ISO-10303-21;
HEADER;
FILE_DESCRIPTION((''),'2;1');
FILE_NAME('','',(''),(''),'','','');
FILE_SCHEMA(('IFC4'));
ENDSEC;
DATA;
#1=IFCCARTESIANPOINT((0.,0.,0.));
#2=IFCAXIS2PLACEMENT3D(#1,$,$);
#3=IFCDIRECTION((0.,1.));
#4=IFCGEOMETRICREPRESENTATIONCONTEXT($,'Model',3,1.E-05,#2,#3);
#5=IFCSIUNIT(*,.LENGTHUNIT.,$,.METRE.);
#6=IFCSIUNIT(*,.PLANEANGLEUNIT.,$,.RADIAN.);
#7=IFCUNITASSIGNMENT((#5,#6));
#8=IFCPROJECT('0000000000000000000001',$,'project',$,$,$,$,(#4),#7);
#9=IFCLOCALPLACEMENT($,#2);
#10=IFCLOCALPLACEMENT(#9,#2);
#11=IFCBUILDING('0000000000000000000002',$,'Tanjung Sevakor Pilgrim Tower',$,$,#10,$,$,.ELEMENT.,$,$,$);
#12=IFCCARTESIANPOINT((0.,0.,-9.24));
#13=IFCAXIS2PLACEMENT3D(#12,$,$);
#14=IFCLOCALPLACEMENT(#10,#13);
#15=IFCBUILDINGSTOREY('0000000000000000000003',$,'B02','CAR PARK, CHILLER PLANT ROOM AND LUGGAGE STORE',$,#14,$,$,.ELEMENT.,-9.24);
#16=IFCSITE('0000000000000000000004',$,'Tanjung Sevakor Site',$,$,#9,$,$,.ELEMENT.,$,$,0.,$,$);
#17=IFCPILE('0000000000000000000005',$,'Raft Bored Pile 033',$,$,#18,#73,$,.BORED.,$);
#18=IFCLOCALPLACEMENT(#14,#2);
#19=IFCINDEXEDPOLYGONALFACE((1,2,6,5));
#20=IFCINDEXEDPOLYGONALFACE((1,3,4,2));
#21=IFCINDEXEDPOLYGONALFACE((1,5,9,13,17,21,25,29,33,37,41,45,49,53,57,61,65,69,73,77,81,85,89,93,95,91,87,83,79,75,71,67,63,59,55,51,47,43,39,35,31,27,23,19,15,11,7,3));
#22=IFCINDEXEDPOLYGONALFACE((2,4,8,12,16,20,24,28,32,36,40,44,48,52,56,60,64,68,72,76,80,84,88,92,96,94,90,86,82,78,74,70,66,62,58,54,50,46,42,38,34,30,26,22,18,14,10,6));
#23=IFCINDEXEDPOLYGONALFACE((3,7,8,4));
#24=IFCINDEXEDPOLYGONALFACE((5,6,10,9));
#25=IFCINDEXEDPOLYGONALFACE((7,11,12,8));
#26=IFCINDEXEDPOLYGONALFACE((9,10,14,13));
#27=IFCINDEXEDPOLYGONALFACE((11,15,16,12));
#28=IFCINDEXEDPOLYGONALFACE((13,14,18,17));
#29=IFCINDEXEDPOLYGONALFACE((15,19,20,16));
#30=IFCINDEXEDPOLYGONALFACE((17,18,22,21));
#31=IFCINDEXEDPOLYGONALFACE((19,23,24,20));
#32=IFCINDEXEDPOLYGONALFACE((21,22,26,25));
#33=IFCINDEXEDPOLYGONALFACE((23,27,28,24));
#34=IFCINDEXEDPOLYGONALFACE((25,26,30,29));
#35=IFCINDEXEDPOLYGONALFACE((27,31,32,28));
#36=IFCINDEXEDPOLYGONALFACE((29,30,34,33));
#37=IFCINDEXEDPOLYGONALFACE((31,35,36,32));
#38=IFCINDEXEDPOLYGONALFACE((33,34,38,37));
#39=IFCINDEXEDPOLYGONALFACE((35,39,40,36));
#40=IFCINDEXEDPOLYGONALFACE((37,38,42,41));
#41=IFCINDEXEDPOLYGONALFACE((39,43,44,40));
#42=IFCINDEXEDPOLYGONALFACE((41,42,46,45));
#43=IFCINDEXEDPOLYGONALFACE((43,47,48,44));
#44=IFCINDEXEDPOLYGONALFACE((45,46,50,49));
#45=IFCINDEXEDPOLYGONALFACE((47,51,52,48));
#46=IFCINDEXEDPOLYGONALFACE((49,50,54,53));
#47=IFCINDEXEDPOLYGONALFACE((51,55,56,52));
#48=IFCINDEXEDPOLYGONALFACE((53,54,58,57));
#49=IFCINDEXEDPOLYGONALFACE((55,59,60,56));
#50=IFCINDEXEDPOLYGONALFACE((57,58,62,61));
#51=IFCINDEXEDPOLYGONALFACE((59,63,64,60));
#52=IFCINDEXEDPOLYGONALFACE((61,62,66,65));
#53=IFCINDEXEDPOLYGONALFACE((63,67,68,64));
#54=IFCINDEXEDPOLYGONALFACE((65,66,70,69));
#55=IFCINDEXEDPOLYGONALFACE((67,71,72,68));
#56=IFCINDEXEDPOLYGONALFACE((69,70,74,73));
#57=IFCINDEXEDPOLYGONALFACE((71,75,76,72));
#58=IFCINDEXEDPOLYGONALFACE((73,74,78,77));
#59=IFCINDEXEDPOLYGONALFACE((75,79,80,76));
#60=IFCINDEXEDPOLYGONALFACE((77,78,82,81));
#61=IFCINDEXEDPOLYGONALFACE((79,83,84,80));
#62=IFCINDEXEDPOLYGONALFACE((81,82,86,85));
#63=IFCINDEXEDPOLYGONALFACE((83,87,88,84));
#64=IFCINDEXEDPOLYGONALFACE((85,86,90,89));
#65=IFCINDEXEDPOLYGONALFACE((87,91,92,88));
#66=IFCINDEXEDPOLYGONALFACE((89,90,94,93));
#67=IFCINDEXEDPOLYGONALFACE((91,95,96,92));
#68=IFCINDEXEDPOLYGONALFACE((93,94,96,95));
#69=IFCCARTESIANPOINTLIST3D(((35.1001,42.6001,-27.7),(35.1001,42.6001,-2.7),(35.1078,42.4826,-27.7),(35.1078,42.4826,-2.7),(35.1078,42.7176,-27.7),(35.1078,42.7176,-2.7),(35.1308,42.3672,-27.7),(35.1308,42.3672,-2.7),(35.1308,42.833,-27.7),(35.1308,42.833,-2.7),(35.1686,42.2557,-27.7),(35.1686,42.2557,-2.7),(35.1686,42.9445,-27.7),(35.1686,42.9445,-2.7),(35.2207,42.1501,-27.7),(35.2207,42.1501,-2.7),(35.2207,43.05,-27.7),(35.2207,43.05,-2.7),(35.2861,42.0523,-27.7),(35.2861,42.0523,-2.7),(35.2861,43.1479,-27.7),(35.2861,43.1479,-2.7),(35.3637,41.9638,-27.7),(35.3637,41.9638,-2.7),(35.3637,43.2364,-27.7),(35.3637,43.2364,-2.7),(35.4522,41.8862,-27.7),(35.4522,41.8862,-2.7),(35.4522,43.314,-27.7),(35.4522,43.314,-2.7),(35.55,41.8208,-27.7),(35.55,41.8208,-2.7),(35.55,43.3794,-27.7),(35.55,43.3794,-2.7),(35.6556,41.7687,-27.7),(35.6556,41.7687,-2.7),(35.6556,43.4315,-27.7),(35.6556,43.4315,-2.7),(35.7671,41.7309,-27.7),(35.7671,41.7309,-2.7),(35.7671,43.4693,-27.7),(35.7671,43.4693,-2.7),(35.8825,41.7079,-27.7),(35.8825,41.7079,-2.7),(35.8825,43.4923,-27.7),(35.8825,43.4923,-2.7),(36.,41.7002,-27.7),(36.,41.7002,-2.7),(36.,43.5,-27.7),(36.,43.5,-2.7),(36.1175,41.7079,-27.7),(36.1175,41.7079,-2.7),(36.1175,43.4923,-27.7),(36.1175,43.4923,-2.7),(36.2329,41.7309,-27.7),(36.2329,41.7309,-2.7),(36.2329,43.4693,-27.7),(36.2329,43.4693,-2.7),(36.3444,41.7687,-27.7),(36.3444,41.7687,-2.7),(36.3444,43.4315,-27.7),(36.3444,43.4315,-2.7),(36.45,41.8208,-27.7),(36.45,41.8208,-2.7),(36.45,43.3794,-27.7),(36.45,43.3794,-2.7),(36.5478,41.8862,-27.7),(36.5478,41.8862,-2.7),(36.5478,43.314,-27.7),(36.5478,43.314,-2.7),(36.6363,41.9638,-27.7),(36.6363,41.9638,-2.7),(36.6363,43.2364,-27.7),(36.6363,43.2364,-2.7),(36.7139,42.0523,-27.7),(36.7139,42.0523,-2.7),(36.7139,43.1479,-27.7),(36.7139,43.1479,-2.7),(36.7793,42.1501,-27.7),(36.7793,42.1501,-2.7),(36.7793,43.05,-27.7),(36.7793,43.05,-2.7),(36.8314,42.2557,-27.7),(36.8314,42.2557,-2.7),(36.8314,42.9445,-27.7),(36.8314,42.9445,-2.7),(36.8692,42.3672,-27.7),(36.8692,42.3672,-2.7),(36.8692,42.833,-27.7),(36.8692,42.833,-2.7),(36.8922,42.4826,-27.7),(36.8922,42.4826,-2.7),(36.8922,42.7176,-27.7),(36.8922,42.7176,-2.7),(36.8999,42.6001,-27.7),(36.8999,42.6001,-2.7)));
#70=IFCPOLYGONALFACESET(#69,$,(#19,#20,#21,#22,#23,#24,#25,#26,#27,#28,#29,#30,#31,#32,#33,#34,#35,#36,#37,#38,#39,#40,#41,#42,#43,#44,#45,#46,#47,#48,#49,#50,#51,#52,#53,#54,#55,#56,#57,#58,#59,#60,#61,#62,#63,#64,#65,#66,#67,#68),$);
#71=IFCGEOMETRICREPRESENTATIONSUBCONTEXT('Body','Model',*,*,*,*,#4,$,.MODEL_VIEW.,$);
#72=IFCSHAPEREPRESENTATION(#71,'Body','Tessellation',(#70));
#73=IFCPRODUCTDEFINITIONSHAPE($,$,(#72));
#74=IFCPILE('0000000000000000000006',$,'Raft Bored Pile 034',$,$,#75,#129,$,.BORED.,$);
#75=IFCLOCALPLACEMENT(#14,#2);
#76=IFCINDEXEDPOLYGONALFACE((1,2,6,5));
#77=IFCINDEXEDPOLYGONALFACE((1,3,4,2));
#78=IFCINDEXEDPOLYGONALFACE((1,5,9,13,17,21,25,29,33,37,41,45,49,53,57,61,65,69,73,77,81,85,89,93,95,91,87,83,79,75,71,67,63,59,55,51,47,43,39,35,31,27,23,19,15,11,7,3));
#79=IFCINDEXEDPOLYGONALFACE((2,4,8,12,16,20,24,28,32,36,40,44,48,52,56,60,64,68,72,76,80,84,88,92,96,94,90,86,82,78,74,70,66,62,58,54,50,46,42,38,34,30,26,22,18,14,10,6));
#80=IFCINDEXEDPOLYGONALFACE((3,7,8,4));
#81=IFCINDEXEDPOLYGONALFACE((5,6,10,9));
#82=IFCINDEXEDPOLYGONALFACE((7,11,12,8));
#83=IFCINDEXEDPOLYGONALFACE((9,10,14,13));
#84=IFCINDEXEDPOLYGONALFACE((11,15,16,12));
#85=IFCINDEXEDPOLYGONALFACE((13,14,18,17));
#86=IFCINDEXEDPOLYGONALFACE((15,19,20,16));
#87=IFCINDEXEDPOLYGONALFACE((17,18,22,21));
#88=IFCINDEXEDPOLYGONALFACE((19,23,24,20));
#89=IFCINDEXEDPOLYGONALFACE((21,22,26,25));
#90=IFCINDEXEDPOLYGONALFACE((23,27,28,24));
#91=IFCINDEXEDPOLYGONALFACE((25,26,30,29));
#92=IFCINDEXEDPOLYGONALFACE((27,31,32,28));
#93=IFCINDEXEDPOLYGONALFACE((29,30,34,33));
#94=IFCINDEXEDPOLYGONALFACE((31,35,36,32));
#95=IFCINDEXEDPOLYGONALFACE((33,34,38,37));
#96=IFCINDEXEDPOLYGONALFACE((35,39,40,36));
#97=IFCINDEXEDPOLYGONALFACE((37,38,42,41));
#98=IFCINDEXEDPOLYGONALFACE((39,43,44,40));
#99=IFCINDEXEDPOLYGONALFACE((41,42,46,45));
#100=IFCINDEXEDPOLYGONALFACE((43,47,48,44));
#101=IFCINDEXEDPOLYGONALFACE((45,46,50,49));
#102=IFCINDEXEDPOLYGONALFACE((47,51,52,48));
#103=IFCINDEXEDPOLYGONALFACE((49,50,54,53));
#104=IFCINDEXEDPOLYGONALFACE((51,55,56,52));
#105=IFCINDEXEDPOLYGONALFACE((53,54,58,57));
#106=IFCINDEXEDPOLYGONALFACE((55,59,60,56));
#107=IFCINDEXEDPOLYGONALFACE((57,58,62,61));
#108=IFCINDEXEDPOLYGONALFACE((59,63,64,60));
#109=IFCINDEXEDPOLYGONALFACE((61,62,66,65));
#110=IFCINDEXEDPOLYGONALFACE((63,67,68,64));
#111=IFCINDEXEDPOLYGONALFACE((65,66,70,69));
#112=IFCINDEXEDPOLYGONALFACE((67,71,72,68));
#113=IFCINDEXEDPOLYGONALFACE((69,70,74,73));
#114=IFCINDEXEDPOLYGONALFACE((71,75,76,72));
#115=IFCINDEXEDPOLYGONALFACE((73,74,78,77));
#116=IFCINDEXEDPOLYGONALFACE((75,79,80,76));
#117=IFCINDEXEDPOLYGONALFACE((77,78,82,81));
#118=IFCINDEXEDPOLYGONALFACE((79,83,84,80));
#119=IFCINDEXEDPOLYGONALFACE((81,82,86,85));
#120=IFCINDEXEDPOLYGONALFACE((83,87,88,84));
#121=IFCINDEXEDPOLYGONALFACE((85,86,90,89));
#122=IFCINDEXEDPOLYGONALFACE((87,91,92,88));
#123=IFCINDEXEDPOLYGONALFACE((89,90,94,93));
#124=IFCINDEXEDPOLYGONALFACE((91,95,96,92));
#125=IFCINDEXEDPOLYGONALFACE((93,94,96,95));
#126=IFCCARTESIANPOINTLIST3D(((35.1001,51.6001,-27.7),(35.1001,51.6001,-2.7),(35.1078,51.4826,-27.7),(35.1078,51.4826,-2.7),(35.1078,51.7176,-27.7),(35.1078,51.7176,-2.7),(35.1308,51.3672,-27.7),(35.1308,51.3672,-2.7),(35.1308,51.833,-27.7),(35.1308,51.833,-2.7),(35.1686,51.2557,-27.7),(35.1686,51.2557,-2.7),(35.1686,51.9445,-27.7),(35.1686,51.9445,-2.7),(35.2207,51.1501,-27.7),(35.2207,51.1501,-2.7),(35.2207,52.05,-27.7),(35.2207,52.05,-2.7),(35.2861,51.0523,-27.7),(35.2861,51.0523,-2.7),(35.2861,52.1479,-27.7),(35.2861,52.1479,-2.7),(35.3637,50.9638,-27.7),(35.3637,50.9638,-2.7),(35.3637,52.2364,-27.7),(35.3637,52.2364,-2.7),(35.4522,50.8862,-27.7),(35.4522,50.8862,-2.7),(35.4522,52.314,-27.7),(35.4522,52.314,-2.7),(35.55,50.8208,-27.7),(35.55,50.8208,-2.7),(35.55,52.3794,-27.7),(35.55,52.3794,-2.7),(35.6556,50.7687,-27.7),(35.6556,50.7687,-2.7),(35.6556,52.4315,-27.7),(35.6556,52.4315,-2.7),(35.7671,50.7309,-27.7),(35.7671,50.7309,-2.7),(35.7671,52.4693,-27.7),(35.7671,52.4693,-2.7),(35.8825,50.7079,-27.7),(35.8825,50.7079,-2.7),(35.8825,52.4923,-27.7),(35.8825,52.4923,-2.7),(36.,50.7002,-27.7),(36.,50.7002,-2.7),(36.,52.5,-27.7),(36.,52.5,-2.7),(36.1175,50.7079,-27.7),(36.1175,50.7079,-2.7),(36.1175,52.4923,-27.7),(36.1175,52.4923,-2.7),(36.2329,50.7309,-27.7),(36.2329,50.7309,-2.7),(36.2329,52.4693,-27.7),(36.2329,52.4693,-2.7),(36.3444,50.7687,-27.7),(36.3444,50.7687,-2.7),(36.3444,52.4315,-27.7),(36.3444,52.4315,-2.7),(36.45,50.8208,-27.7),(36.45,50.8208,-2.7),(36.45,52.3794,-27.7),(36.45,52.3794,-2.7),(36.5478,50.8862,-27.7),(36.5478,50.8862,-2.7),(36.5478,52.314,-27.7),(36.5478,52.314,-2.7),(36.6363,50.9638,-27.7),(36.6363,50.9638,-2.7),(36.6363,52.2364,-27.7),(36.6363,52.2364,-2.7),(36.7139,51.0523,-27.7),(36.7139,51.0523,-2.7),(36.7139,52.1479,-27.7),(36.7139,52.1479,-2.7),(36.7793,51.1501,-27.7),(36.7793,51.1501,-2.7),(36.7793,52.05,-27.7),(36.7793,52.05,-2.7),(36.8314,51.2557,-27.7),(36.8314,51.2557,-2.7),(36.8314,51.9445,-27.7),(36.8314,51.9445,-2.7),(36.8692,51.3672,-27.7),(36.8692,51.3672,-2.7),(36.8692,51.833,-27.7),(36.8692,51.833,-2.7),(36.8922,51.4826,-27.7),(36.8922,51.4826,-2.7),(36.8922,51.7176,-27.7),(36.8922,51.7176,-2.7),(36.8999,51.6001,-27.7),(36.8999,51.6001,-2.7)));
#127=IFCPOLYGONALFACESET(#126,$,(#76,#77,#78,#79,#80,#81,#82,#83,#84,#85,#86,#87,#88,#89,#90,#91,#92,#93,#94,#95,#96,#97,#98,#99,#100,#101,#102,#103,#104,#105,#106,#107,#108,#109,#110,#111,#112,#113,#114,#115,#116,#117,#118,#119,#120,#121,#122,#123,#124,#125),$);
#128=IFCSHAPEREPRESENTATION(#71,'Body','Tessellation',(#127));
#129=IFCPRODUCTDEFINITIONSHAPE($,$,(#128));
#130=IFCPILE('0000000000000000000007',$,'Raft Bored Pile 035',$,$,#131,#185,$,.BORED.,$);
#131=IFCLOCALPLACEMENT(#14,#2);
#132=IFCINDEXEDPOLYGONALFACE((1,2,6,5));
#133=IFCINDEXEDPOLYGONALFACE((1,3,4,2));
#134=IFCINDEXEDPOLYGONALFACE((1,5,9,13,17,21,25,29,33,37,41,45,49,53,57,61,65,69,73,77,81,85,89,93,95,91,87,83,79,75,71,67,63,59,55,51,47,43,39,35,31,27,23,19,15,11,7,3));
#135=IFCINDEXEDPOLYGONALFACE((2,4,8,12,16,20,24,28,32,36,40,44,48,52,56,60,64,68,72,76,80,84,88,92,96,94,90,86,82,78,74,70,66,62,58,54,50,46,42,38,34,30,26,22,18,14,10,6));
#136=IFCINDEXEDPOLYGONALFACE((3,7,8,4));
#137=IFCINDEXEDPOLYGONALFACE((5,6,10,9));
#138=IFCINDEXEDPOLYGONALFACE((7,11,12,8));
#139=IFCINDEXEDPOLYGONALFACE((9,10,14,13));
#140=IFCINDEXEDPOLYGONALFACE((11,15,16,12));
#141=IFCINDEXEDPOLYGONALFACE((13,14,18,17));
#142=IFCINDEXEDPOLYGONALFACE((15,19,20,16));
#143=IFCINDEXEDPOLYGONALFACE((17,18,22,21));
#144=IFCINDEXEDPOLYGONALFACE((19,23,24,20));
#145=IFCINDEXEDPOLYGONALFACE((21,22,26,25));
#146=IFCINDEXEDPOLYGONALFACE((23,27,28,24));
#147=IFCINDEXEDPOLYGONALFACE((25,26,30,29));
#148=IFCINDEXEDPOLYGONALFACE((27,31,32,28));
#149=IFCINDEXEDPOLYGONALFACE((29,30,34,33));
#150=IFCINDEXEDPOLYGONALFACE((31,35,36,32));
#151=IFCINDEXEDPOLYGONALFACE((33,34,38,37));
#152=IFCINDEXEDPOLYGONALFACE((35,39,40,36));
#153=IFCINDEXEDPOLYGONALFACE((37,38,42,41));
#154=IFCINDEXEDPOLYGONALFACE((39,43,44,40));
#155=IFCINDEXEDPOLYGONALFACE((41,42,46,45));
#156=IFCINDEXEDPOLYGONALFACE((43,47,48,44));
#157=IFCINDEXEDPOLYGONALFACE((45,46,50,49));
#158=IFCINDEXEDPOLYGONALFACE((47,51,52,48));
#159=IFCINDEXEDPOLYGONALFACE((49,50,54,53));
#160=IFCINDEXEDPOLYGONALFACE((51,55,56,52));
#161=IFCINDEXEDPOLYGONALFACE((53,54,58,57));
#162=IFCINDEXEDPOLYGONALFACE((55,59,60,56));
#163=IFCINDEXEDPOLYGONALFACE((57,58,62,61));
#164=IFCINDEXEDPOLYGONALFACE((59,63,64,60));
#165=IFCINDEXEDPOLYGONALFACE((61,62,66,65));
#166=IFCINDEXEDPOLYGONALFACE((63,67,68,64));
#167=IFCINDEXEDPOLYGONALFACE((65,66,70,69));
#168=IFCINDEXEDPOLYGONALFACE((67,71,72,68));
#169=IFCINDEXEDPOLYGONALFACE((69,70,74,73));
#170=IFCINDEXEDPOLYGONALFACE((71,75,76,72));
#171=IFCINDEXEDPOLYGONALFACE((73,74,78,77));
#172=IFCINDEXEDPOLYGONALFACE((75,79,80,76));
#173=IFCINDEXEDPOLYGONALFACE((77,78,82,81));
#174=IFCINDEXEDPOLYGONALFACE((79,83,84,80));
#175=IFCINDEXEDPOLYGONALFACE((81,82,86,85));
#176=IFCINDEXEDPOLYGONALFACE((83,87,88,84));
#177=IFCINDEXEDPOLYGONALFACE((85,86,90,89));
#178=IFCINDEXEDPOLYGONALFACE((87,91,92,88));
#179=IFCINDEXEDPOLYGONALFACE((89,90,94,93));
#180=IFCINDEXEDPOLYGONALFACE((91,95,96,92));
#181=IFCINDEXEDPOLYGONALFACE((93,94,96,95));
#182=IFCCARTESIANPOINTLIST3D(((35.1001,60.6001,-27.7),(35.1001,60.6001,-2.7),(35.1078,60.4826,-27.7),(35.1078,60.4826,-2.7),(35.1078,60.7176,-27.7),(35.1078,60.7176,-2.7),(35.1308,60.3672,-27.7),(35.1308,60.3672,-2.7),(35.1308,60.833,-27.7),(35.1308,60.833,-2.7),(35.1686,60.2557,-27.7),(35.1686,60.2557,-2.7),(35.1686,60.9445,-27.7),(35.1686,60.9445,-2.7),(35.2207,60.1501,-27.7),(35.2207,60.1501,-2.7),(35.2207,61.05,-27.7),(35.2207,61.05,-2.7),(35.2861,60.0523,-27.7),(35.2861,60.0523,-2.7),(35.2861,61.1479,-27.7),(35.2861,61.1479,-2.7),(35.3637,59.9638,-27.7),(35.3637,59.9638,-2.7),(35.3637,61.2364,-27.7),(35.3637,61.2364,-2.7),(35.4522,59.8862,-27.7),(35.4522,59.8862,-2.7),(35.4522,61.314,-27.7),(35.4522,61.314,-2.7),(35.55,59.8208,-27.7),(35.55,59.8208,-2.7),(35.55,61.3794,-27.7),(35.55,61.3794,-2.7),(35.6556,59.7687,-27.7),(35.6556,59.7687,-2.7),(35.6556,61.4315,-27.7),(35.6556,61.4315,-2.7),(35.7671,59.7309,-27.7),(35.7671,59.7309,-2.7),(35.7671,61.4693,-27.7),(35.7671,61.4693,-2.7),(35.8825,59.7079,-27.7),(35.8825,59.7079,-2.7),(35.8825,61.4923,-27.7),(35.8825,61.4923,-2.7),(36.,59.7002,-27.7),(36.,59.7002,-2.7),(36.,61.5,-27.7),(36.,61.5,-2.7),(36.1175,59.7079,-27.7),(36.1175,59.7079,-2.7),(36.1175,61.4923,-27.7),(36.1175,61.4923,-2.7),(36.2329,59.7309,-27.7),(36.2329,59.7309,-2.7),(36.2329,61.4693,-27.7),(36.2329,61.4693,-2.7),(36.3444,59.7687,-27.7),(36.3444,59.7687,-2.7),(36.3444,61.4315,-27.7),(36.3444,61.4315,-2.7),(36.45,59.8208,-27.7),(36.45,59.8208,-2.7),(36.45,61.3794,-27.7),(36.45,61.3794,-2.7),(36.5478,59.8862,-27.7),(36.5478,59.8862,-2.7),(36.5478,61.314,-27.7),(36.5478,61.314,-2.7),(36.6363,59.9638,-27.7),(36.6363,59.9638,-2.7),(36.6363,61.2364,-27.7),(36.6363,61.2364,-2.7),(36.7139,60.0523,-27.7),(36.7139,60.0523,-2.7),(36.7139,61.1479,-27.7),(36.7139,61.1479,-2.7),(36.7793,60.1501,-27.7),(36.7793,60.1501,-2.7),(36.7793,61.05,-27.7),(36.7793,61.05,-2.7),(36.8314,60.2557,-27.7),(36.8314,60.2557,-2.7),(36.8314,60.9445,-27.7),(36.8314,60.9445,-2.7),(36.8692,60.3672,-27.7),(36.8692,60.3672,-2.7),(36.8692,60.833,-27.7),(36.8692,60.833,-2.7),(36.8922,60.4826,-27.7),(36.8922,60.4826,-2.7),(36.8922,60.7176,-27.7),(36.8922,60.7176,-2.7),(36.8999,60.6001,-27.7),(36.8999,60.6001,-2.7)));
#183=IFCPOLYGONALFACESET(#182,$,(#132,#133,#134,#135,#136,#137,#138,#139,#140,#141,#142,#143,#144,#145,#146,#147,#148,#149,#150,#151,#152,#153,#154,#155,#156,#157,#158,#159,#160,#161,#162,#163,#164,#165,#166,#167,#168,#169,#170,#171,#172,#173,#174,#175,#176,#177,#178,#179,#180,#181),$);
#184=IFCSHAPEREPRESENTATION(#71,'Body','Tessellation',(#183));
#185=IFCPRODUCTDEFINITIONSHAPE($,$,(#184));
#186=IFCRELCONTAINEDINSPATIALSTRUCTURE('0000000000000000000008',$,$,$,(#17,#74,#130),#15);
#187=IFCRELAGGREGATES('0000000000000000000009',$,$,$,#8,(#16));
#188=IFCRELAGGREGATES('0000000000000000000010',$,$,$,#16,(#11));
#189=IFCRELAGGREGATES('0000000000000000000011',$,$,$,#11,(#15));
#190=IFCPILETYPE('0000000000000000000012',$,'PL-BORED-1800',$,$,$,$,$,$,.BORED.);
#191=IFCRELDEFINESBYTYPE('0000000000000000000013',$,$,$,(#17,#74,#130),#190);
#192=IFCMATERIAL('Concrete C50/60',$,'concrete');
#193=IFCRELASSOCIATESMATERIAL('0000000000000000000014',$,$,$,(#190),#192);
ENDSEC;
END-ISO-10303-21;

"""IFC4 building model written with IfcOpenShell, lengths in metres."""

from ifc_helpers import new_model, si_unit, direction, frame, origin, origin_2d, place, context, subcontext, project, spatial, circle, extrude, material, material_profile, profile_set, type_object, element, save


model = new_model("IFC4")

# Units and contexts
model_context = context("Model", 3, precision=1e-05, world=origin(), true_north=direction((0.0, 1.0)))
body_context = subcontext(model_context, "Body", "Model", "MODEL_VIEW")
ifc_project = project(units=[si_unit("LENGTHUNIT", "METRE"), si_unit("PLANEANGLEUNIT", "RADIAN")], contexts=[model_context])

# Site, building, storey
site_placement = place(None, origin())
site = spatial("IfcSite", under=ifc_project, at=site_placement, Name="Tanjung Sevakor Site", CompositionType="ELEMENT", RefElevation=0.0)
building_placement = place(site_placement, origin())
building = spatial("IfcBuilding", under=site, at=building_placement, Name="Tanjung Sevakor Pilgrim Tower", CompositionType="ELEMENT")
storey_placement = place(building_placement, frame((0.0, 0.0, -9.24)))
storey = spatial("IfcBuildingStorey", under=building, at=storey_placement, Name="B02", Description="CAR PARK, CHILLER PLANT ROOM AND LUGGAGE STORE", CompositionType="ELEMENT", Elevation=-9.24)

# Piles
ifc_material_1 = material(Name="Concrete C50/60", Category="concrete")
ifc_material_profile_1 = material_profile(ifc_material_1, circle(Radius=0.8999, at=origin_2d()))
ifc_profile_set_1 = profile_set([ifc_material_profile_1], Name="Concrete C50/60")
pile_type = type_object("IfcPileType", Name="PL-BORED-1800", PredefinedType="BORED", material=ifc_profile_set_1)
for number, where, z_axis, x_axis, name in (
    (1, (36.0, 42.6001, -2.7), (0.0, 0.0, -1.0), (1.0, 0.0, 0.0), "Raft Bored Pile 033"),
    (2, (36.0, 51.6001, -2.7), (0.0, 0.0, -1.0), (1.0, 0.0, 0.0), "Raft Bored Pile 034"),
    (3, (36.0, 60.6001, -2.7), (0.0, 0.0, -1.0), (1.0, 0.0, 0.0), "Raft Bored Pile 035"),
):
    element("IfcPile", number, at=place(storey_placement, frame(where, z_axis=z_axis, x_axis=x_axis)), inside=storey, type_object=pile_type, Name=name, PredefinedType="BORED", context=body_context, shape_type="SweptSolid", body=[
        extrude(circle(Radius=0.8999, at=origin_2d()), origin(), (0.0, 0.0, 1.0), 25.0),
    ])

save(model, "model.ifc")
